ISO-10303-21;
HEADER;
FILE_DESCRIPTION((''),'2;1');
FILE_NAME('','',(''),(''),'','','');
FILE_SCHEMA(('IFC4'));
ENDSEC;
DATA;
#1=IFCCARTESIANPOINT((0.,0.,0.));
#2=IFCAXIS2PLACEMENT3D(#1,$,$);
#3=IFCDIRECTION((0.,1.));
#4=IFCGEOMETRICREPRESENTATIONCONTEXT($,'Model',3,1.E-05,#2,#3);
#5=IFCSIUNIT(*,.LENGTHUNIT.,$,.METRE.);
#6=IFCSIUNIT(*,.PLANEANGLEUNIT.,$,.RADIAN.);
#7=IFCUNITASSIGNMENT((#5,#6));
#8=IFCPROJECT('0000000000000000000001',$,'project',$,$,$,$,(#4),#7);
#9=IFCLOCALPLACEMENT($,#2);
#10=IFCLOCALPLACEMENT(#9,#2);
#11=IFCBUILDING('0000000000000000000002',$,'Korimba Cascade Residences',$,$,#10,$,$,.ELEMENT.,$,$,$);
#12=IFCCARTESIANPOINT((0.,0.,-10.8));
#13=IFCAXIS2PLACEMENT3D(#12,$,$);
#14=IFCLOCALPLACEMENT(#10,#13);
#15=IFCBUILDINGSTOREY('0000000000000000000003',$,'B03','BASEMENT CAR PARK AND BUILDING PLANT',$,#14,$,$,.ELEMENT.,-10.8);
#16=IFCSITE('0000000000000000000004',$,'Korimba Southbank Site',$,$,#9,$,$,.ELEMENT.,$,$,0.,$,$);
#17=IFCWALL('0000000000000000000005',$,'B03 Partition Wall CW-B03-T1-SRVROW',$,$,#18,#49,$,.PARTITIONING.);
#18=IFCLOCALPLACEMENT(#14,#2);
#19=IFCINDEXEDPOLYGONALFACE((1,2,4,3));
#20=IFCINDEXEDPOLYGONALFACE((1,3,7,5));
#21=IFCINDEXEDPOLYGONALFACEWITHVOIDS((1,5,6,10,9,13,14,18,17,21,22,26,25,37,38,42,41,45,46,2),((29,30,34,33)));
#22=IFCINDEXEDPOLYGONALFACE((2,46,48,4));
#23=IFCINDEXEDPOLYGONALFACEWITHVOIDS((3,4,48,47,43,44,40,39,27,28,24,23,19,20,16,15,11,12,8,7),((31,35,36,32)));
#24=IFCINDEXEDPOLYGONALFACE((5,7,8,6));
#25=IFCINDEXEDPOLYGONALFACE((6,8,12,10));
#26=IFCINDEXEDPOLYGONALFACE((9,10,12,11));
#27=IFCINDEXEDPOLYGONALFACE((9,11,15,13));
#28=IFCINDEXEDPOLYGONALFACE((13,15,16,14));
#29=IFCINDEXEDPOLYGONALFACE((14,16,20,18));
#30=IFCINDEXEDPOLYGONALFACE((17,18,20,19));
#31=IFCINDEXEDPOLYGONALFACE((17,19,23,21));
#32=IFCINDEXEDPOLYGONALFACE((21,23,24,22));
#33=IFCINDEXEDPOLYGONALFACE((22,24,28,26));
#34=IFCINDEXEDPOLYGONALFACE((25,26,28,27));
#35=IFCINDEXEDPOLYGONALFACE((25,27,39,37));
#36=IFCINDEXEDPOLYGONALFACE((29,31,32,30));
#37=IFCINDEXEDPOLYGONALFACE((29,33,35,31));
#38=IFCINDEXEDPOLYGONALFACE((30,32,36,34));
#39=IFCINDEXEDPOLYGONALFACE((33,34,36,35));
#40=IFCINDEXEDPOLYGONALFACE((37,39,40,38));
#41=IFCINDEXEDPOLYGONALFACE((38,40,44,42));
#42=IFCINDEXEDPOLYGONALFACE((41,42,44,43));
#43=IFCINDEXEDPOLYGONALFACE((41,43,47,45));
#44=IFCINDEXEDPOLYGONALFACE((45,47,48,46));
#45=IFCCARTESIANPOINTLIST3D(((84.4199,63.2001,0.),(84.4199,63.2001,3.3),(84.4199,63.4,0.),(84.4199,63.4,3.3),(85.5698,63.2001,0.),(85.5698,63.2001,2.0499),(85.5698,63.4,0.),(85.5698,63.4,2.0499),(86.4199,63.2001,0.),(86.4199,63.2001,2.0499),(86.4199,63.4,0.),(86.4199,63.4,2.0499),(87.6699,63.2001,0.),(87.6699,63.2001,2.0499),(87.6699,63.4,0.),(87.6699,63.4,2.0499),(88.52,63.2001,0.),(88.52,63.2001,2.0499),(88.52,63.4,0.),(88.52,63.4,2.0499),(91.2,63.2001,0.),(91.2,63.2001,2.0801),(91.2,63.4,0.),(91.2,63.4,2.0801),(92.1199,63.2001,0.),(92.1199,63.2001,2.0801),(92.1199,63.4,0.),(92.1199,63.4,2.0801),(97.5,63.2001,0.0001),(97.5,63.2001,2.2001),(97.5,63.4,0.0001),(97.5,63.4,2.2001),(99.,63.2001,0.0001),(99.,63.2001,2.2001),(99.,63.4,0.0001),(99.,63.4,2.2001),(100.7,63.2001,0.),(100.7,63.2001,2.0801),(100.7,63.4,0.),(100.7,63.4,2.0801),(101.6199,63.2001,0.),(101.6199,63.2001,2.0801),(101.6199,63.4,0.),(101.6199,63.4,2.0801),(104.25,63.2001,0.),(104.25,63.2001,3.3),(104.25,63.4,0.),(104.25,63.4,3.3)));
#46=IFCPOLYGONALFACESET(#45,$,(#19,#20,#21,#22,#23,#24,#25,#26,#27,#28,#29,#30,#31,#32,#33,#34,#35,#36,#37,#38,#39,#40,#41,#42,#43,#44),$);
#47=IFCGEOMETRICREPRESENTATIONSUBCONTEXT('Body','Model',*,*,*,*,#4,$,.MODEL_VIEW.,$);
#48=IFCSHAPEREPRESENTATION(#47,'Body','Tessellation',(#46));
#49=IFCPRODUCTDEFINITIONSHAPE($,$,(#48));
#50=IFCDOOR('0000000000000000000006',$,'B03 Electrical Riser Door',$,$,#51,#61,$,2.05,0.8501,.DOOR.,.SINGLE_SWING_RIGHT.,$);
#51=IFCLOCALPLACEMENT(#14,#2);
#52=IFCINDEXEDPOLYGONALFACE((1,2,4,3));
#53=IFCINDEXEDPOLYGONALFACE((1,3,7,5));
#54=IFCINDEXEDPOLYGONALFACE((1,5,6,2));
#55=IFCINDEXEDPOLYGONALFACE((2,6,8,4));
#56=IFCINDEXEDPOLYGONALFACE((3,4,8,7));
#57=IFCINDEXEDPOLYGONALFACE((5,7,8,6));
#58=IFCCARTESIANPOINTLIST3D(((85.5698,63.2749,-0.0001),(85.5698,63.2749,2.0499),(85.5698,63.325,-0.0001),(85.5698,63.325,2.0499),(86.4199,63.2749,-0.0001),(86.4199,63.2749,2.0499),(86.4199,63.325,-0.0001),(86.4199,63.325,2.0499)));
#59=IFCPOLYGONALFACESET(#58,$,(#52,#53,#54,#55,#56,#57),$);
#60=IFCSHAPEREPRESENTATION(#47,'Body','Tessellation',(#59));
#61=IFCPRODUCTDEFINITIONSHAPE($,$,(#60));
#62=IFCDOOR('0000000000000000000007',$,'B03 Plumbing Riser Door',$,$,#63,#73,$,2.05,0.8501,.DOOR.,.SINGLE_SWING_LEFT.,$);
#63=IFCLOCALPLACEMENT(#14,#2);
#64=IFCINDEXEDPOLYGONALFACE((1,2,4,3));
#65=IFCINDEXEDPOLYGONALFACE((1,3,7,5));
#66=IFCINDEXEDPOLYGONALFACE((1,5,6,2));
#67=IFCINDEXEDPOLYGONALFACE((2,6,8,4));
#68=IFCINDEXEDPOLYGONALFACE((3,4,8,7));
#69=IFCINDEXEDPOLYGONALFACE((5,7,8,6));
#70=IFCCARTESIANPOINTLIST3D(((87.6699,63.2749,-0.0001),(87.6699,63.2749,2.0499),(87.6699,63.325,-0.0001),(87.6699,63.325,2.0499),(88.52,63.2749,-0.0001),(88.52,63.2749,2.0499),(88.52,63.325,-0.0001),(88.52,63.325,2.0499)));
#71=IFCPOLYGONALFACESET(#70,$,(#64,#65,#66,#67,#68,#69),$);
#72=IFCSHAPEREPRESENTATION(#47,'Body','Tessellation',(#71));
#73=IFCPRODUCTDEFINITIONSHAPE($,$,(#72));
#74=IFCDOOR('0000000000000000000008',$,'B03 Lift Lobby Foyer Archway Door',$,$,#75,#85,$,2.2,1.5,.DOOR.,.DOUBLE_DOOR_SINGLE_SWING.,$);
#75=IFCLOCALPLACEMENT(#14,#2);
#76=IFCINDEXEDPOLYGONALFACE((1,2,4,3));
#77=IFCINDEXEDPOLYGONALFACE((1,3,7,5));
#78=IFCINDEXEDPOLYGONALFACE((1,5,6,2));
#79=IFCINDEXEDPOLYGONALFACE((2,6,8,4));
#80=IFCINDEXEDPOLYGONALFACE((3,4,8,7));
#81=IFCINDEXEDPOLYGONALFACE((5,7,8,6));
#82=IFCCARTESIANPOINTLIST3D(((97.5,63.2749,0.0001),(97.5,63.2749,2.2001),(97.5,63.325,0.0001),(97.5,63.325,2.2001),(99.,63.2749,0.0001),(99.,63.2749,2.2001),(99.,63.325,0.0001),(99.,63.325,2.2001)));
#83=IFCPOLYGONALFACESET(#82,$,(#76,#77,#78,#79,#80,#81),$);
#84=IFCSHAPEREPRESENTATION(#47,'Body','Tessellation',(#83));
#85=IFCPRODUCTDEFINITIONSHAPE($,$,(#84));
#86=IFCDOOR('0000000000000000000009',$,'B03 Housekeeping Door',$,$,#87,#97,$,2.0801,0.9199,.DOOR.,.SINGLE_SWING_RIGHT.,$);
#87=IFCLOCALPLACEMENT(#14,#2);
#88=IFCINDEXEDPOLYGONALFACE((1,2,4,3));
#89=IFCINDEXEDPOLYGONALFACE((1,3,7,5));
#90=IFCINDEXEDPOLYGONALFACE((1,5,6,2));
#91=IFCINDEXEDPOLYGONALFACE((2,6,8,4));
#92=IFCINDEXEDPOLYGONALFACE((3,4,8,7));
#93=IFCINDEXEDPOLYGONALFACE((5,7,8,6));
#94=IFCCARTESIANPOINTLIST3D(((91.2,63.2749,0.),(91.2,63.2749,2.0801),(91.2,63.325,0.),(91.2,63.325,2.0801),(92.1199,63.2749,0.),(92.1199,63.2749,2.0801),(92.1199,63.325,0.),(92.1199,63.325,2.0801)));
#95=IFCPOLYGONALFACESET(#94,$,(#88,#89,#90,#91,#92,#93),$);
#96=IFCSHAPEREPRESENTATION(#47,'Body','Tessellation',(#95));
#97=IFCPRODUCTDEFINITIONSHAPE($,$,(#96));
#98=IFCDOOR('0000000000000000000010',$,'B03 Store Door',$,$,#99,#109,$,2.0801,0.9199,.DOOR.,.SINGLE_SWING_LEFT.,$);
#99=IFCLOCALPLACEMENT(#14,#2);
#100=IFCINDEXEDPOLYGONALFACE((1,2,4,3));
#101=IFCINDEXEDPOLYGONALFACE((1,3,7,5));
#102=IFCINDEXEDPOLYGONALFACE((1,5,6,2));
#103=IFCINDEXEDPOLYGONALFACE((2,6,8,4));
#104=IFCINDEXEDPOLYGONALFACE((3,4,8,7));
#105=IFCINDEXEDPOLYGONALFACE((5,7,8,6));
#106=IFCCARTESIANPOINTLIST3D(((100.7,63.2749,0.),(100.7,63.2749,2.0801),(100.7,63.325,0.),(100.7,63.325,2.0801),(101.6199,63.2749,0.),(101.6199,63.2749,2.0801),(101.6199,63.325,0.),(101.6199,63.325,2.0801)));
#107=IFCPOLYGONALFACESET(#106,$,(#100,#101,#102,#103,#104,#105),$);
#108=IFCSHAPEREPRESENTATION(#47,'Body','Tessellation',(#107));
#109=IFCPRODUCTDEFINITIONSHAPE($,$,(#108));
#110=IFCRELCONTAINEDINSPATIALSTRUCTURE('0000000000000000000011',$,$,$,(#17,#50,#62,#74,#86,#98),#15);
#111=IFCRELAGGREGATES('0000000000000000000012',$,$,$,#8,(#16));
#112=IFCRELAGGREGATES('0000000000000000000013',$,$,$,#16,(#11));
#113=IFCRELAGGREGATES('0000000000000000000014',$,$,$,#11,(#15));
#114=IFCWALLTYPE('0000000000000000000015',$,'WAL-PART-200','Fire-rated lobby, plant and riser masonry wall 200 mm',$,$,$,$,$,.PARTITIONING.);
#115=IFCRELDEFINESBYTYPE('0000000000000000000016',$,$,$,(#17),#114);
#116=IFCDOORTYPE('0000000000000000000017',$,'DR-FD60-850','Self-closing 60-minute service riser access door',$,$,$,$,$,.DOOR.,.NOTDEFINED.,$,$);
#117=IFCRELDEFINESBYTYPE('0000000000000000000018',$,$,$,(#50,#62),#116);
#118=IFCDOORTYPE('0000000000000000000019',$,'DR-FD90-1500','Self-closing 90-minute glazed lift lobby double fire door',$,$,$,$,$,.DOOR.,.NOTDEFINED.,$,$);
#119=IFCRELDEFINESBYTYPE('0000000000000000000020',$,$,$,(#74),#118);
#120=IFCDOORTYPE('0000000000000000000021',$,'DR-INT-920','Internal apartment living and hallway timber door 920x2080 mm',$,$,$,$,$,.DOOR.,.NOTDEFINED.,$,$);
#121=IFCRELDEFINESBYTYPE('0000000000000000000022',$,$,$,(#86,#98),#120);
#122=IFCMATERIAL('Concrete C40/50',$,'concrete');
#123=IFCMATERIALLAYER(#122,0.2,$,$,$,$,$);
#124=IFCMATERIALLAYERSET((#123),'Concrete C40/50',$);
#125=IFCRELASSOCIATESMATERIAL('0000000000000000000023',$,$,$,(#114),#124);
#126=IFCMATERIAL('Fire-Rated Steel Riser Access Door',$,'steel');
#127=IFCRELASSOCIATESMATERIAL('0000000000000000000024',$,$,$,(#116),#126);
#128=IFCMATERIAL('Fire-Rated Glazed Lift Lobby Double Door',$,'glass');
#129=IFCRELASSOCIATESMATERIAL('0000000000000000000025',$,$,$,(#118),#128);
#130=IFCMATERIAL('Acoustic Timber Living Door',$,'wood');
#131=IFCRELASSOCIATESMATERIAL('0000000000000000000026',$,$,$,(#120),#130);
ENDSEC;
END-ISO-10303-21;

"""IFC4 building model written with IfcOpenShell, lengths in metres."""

from ifc_helpers import new_model, si_unit, direction, frame, frame_2d, origin, place, context, subcontext, project, spatial, rectangle, extrude, material, layer, layer_set, type_object, element, fill, save


model = new_model("IFC4")

# Units and contexts
model_context = context("Model", 3, precision=1e-05, world=origin(), true_north=direction((0.0, 1.0)))
body_context = subcontext(model_context, "Body", "Model", "MODEL_VIEW")
ifc_project = project(units=[si_unit("LENGTHUNIT", "METRE"), si_unit("PLANEANGLEUNIT", "RADIAN")], contexts=[model_context])

# Site, building, storey
site_placement = place(None, origin())
site = spatial("IfcSite", under=ifc_project, at=site_placement, Name="Korimba Southbank Site", CompositionType="ELEMENT", RefElevation=0.0)
building_placement = place(site_placement, origin())
building = spatial("IfcBuilding", under=site, at=building_placement, Name="Korimba Cascade Residences", CompositionType="ELEMENT")
storey_placement = place(building_placement, frame((0.0, 0.0, -10.8)))
storey = spatial("IfcBuildingStorey", under=building, at=storey_placement, Name="B03", Description="BASEMENT CAR PARK AND BUILDING PLANT", CompositionType="ELEMENT", Elevation=-10.8)

# Shared definitions
ifc_material_1 = material(Name="Concrete C40/50", Category="concrete")
ifc_layer_1 = layer(ifc_material_1, 0.2)
ifc_layer_set_1 = layer_set([ifc_layer_1], Name="Concrete C40/50")
wall_type_1 = type_object("IfcWallType", Name="WAL-PART-200", Description="Fire-rated lobby, plant and riser masonry wall 200 mm", PredefinedType="PARTITIONING", material=ifc_layer_set_1)

# Wall, openings, doors
wall_1_placement = place(storey_placement, frame((84.4199, 63.3, 0.0), z_axis=(0.0, 0.0, 1.0), x_axis=(1.0, 0.0, 0.0)))
wall_1 = element("IfcWall", 1, at=wall_1_placement, inside=storey, type_object=wall_type_1, Name="B03 Partition Wall CW-B03-T1-SRVROW", PredefinedType="PARTITIONING", context=body_context, shape_type="SweptSolid", body=[
    extrude(rectangle(XDim=19.8301, YDim=0.2, at=frame_2d((9.915, 0.0))), origin(), (0.0, 0.0, 1.0), 3.3),
])
opening_1_placement = place(wall_1_placement, frame((1.1499, 0.0, 0.0)))
opening_1 = element("IfcOpeningElement", 2, at=opening_1_placement, cuts=wall_1, PredefinedType="OPENING", context=body_context, shape_type="SweptSolid", body=[
    extrude(rectangle(XDim=0.8501, YDim=2.05, at=frame_2d((0.425, 1.0249))), frame((0.0, 0.1099, 0.0), z_axis=(0.0, -1.0, 0.0), x_axis=(1.0, 0.0, 0.0)), (0.0, 0.0, 1.0), 0.22),
])
opening_2_placement = place(wall_1_placement, frame((3.25, 0.0, 0.0)))
opening_2 = element("IfcOpeningElement", 3, at=opening_2_placement, cuts=wall_1, PredefinedType="OPENING", context=body_context, shape_type="SweptSolid", body=[
    extrude(rectangle(XDim=0.8501, YDim=2.05, at=frame_2d((0.425, 1.0249))), frame((0.0, 0.1099, 0.0), z_axis=(0.0, -1.0, 0.0), x_axis=(1.0, 0.0, 0.0)), (0.0, 0.0, 1.0), 0.22),
])
opening_3_placement = place(wall_1_placement, frame((13.0801, 0.0, 0.0)))
opening_3 = element("IfcOpeningElement", 4, at=opening_3_placement, cuts=wall_1, PredefinedType="OPENING", context=body_context, shape_type="SweptSolid", body=[
    extrude(rectangle(XDim=1.5, YDim=2.2, at=frame_2d((0.75, 1.1001))), frame((0.0, 0.1099, 0.0), z_axis=(0.0, -1.0, 0.0), x_axis=(1.0, 0.0, 0.0)), (0.0, 0.0, 1.0), 0.22),
])
opening_4_placement = place(wall_1_placement, frame((6.78, 0.0, 0.0)))
opening_4 = element("IfcOpeningElement", 5, at=opening_4_placement, cuts=wall_1, PredefinedType="OPENING", context=body_context, shape_type="SweptSolid", body=[
    extrude(rectangle(XDim=0.9199, YDim=2.0801, at=frame_2d((0.46, 1.04))), frame((0.0, 0.1099, 0.0), z_axis=(0.0, -1.0, 0.0), x_axis=(1.0, 0.0, 0.0)), (0.0, 0.0, 1.0), 0.22),
])
opening_5_placement = place(wall_1_placement, frame((16.28, 0.0, 0.0)))
opening_5 = element("IfcOpeningElement", 6, at=opening_5_placement, cuts=wall_1, PredefinedType="OPENING", context=body_context, shape_type="SweptSolid", body=[
    extrude(rectangle(XDim=0.9199, YDim=2.0801, at=frame_2d((0.46, 1.04))), frame((0.0, 0.1099, 0.0), z_axis=(0.0, -1.0, 0.0), x_axis=(1.0, 0.0, 0.0)), (0.0, 0.0, 1.0), 0.22),
])
ifc_material_2 = material(Name="Fire-Rated Steel Riser Access Door", Category="steel")
door_type_1 = type_object("IfcDoorType", Name="DR-FD60-850", Description="Self-closing 60-minute service riser access door", OperationType="NOTDEFINED", PredefinedType="DOOR", material=ifc_material_2)
door_1_placement = place(opening_1_placement, origin())
door_1 = element("IfcDoor", 7, at=door_1_placement, inside=storey, type_object=door_type_1, Name="B03 Electrical Riser Door", OperationType="SINGLE_SWING_RIGHT", OverallHeight=2.05, OverallWidth=0.8501, PredefinedType="DOOR", context=body_context, shape_type="SweptSolid", body=[
    extrude(rectangle(XDim=0.8501, YDim=2.05, at=frame_2d((0.425, 1.0249))), frame((0.0, 0.0249, 0.0), z_axis=(0.0, -1.0, 0.0), x_axis=(1.0, 0.0, 0.0)), (0.0, 0.0, 1.0), 0.05),
])
fill(opening_1, door_1)
door_2_placement = place(opening_2_placement, origin())
door_2 = element("IfcDoor", 8, at=door_2_placement, inside=storey, type_object=door_type_1, Name="B03 Plumbing Riser Door", OperationType="SINGLE_SWING_LEFT", OverallHeight=2.05, OverallWidth=0.8501, PredefinedType="DOOR", context=body_context, shape_type="SweptSolid", body=[
    extrude(rectangle(XDim=0.8501, YDim=2.05, at=frame_2d((0.425, 1.0249))), frame((0.0, 0.0249, 0.0), z_axis=(0.0, -1.0, 0.0), x_axis=(1.0, 0.0, 0.0)), (0.0, 0.0, 1.0), 0.05),
])
fill(opening_2, door_2)
ifc_material_3 = material(Name="Fire-Rated Glazed Lift Lobby Double Door", Category="glass")
door_type_2 = type_object("IfcDoorType", Name="DR-FD90-1500", Description="Self-closing 90-minute glazed lift lobby double fire door", OperationType="NOTDEFINED", PredefinedType="DOOR", material=ifc_material_3)
door_3_placement = place(opening_3_placement, origin())
door_3 = element("IfcDoor", 9, at=door_3_placement, inside=storey, type_object=door_type_2, Name="B03 Lift Lobby Foyer Archway Door", OperationType="DOUBLE_DOOR_SINGLE_SWING", OverallHeight=2.2, OverallWidth=1.5, PredefinedType="DOOR", context=body_context, shape_type="SweptSolid", body=[
    extrude(rectangle(XDim=1.5, YDim=2.2, at=frame_2d((0.75, 1.1001))), frame((0.0, 0.0249, 0.0), z_axis=(0.0, -1.0, 0.0), x_axis=(1.0, 0.0, 0.0)), (0.0, 0.0, 1.0), 0.05),
])
fill(opening_3, door_3)
ifc_material_4 = material(Name="Acoustic Timber Living Door", Category="wood")
door_type_3 = type_object("IfcDoorType", Name="DR-INT-920", Description="Internal apartment living and hallway timber door 920x2080 mm", OperationType="NOTDEFINED", PredefinedType="DOOR", material=ifc_material_4)
door_4_placement = place(opening_4_placement, origin())
door_4 = element("IfcDoor", 10, at=door_4_placement, inside=storey, type_object=door_type_3, Name="B03 Housekeeping Door", OperationType="SINGLE_SWING_RIGHT", OverallHeight=2.0801, OverallWidth=0.9199, PredefinedType="DOOR", context=body_context, shape_type="SweptSolid", body=[
    extrude(rectangle(XDim=0.9199, YDim=2.0801, at=frame_2d((0.46, 1.04))), frame((0.0, 0.0249, 0.0), z_axis=(0.0, -1.0, 0.0), x_axis=(1.0, 0.0, 0.0)), (0.0, 0.0, 1.0), 0.05),
])
fill(opening_4, door_4)
door_5_placement = place(opening_5_placement, origin())
door_5 = element("IfcDoor", 11, at=door_5_placement, inside=storey, type_object=door_type_3, Name="B03 Store Door", OperationType="SINGLE_SWING_LEFT", OverallHeight=2.0801, OverallWidth=0.9199, PredefinedType="DOOR", context=body_context, shape_type="SweptSolid", body=[
    extrude(rectangle(XDim=0.9199, YDim=2.0801, at=frame_2d((0.46, 1.04))), frame((0.0, 0.0249, 0.0), z_axis=(0.0, -1.0, 0.0), x_axis=(1.0, 0.0, 0.0)), (0.0, 0.0, 1.0), 0.05),
])
fill(opening_5, door_5)

save(model, "model.ifc")
